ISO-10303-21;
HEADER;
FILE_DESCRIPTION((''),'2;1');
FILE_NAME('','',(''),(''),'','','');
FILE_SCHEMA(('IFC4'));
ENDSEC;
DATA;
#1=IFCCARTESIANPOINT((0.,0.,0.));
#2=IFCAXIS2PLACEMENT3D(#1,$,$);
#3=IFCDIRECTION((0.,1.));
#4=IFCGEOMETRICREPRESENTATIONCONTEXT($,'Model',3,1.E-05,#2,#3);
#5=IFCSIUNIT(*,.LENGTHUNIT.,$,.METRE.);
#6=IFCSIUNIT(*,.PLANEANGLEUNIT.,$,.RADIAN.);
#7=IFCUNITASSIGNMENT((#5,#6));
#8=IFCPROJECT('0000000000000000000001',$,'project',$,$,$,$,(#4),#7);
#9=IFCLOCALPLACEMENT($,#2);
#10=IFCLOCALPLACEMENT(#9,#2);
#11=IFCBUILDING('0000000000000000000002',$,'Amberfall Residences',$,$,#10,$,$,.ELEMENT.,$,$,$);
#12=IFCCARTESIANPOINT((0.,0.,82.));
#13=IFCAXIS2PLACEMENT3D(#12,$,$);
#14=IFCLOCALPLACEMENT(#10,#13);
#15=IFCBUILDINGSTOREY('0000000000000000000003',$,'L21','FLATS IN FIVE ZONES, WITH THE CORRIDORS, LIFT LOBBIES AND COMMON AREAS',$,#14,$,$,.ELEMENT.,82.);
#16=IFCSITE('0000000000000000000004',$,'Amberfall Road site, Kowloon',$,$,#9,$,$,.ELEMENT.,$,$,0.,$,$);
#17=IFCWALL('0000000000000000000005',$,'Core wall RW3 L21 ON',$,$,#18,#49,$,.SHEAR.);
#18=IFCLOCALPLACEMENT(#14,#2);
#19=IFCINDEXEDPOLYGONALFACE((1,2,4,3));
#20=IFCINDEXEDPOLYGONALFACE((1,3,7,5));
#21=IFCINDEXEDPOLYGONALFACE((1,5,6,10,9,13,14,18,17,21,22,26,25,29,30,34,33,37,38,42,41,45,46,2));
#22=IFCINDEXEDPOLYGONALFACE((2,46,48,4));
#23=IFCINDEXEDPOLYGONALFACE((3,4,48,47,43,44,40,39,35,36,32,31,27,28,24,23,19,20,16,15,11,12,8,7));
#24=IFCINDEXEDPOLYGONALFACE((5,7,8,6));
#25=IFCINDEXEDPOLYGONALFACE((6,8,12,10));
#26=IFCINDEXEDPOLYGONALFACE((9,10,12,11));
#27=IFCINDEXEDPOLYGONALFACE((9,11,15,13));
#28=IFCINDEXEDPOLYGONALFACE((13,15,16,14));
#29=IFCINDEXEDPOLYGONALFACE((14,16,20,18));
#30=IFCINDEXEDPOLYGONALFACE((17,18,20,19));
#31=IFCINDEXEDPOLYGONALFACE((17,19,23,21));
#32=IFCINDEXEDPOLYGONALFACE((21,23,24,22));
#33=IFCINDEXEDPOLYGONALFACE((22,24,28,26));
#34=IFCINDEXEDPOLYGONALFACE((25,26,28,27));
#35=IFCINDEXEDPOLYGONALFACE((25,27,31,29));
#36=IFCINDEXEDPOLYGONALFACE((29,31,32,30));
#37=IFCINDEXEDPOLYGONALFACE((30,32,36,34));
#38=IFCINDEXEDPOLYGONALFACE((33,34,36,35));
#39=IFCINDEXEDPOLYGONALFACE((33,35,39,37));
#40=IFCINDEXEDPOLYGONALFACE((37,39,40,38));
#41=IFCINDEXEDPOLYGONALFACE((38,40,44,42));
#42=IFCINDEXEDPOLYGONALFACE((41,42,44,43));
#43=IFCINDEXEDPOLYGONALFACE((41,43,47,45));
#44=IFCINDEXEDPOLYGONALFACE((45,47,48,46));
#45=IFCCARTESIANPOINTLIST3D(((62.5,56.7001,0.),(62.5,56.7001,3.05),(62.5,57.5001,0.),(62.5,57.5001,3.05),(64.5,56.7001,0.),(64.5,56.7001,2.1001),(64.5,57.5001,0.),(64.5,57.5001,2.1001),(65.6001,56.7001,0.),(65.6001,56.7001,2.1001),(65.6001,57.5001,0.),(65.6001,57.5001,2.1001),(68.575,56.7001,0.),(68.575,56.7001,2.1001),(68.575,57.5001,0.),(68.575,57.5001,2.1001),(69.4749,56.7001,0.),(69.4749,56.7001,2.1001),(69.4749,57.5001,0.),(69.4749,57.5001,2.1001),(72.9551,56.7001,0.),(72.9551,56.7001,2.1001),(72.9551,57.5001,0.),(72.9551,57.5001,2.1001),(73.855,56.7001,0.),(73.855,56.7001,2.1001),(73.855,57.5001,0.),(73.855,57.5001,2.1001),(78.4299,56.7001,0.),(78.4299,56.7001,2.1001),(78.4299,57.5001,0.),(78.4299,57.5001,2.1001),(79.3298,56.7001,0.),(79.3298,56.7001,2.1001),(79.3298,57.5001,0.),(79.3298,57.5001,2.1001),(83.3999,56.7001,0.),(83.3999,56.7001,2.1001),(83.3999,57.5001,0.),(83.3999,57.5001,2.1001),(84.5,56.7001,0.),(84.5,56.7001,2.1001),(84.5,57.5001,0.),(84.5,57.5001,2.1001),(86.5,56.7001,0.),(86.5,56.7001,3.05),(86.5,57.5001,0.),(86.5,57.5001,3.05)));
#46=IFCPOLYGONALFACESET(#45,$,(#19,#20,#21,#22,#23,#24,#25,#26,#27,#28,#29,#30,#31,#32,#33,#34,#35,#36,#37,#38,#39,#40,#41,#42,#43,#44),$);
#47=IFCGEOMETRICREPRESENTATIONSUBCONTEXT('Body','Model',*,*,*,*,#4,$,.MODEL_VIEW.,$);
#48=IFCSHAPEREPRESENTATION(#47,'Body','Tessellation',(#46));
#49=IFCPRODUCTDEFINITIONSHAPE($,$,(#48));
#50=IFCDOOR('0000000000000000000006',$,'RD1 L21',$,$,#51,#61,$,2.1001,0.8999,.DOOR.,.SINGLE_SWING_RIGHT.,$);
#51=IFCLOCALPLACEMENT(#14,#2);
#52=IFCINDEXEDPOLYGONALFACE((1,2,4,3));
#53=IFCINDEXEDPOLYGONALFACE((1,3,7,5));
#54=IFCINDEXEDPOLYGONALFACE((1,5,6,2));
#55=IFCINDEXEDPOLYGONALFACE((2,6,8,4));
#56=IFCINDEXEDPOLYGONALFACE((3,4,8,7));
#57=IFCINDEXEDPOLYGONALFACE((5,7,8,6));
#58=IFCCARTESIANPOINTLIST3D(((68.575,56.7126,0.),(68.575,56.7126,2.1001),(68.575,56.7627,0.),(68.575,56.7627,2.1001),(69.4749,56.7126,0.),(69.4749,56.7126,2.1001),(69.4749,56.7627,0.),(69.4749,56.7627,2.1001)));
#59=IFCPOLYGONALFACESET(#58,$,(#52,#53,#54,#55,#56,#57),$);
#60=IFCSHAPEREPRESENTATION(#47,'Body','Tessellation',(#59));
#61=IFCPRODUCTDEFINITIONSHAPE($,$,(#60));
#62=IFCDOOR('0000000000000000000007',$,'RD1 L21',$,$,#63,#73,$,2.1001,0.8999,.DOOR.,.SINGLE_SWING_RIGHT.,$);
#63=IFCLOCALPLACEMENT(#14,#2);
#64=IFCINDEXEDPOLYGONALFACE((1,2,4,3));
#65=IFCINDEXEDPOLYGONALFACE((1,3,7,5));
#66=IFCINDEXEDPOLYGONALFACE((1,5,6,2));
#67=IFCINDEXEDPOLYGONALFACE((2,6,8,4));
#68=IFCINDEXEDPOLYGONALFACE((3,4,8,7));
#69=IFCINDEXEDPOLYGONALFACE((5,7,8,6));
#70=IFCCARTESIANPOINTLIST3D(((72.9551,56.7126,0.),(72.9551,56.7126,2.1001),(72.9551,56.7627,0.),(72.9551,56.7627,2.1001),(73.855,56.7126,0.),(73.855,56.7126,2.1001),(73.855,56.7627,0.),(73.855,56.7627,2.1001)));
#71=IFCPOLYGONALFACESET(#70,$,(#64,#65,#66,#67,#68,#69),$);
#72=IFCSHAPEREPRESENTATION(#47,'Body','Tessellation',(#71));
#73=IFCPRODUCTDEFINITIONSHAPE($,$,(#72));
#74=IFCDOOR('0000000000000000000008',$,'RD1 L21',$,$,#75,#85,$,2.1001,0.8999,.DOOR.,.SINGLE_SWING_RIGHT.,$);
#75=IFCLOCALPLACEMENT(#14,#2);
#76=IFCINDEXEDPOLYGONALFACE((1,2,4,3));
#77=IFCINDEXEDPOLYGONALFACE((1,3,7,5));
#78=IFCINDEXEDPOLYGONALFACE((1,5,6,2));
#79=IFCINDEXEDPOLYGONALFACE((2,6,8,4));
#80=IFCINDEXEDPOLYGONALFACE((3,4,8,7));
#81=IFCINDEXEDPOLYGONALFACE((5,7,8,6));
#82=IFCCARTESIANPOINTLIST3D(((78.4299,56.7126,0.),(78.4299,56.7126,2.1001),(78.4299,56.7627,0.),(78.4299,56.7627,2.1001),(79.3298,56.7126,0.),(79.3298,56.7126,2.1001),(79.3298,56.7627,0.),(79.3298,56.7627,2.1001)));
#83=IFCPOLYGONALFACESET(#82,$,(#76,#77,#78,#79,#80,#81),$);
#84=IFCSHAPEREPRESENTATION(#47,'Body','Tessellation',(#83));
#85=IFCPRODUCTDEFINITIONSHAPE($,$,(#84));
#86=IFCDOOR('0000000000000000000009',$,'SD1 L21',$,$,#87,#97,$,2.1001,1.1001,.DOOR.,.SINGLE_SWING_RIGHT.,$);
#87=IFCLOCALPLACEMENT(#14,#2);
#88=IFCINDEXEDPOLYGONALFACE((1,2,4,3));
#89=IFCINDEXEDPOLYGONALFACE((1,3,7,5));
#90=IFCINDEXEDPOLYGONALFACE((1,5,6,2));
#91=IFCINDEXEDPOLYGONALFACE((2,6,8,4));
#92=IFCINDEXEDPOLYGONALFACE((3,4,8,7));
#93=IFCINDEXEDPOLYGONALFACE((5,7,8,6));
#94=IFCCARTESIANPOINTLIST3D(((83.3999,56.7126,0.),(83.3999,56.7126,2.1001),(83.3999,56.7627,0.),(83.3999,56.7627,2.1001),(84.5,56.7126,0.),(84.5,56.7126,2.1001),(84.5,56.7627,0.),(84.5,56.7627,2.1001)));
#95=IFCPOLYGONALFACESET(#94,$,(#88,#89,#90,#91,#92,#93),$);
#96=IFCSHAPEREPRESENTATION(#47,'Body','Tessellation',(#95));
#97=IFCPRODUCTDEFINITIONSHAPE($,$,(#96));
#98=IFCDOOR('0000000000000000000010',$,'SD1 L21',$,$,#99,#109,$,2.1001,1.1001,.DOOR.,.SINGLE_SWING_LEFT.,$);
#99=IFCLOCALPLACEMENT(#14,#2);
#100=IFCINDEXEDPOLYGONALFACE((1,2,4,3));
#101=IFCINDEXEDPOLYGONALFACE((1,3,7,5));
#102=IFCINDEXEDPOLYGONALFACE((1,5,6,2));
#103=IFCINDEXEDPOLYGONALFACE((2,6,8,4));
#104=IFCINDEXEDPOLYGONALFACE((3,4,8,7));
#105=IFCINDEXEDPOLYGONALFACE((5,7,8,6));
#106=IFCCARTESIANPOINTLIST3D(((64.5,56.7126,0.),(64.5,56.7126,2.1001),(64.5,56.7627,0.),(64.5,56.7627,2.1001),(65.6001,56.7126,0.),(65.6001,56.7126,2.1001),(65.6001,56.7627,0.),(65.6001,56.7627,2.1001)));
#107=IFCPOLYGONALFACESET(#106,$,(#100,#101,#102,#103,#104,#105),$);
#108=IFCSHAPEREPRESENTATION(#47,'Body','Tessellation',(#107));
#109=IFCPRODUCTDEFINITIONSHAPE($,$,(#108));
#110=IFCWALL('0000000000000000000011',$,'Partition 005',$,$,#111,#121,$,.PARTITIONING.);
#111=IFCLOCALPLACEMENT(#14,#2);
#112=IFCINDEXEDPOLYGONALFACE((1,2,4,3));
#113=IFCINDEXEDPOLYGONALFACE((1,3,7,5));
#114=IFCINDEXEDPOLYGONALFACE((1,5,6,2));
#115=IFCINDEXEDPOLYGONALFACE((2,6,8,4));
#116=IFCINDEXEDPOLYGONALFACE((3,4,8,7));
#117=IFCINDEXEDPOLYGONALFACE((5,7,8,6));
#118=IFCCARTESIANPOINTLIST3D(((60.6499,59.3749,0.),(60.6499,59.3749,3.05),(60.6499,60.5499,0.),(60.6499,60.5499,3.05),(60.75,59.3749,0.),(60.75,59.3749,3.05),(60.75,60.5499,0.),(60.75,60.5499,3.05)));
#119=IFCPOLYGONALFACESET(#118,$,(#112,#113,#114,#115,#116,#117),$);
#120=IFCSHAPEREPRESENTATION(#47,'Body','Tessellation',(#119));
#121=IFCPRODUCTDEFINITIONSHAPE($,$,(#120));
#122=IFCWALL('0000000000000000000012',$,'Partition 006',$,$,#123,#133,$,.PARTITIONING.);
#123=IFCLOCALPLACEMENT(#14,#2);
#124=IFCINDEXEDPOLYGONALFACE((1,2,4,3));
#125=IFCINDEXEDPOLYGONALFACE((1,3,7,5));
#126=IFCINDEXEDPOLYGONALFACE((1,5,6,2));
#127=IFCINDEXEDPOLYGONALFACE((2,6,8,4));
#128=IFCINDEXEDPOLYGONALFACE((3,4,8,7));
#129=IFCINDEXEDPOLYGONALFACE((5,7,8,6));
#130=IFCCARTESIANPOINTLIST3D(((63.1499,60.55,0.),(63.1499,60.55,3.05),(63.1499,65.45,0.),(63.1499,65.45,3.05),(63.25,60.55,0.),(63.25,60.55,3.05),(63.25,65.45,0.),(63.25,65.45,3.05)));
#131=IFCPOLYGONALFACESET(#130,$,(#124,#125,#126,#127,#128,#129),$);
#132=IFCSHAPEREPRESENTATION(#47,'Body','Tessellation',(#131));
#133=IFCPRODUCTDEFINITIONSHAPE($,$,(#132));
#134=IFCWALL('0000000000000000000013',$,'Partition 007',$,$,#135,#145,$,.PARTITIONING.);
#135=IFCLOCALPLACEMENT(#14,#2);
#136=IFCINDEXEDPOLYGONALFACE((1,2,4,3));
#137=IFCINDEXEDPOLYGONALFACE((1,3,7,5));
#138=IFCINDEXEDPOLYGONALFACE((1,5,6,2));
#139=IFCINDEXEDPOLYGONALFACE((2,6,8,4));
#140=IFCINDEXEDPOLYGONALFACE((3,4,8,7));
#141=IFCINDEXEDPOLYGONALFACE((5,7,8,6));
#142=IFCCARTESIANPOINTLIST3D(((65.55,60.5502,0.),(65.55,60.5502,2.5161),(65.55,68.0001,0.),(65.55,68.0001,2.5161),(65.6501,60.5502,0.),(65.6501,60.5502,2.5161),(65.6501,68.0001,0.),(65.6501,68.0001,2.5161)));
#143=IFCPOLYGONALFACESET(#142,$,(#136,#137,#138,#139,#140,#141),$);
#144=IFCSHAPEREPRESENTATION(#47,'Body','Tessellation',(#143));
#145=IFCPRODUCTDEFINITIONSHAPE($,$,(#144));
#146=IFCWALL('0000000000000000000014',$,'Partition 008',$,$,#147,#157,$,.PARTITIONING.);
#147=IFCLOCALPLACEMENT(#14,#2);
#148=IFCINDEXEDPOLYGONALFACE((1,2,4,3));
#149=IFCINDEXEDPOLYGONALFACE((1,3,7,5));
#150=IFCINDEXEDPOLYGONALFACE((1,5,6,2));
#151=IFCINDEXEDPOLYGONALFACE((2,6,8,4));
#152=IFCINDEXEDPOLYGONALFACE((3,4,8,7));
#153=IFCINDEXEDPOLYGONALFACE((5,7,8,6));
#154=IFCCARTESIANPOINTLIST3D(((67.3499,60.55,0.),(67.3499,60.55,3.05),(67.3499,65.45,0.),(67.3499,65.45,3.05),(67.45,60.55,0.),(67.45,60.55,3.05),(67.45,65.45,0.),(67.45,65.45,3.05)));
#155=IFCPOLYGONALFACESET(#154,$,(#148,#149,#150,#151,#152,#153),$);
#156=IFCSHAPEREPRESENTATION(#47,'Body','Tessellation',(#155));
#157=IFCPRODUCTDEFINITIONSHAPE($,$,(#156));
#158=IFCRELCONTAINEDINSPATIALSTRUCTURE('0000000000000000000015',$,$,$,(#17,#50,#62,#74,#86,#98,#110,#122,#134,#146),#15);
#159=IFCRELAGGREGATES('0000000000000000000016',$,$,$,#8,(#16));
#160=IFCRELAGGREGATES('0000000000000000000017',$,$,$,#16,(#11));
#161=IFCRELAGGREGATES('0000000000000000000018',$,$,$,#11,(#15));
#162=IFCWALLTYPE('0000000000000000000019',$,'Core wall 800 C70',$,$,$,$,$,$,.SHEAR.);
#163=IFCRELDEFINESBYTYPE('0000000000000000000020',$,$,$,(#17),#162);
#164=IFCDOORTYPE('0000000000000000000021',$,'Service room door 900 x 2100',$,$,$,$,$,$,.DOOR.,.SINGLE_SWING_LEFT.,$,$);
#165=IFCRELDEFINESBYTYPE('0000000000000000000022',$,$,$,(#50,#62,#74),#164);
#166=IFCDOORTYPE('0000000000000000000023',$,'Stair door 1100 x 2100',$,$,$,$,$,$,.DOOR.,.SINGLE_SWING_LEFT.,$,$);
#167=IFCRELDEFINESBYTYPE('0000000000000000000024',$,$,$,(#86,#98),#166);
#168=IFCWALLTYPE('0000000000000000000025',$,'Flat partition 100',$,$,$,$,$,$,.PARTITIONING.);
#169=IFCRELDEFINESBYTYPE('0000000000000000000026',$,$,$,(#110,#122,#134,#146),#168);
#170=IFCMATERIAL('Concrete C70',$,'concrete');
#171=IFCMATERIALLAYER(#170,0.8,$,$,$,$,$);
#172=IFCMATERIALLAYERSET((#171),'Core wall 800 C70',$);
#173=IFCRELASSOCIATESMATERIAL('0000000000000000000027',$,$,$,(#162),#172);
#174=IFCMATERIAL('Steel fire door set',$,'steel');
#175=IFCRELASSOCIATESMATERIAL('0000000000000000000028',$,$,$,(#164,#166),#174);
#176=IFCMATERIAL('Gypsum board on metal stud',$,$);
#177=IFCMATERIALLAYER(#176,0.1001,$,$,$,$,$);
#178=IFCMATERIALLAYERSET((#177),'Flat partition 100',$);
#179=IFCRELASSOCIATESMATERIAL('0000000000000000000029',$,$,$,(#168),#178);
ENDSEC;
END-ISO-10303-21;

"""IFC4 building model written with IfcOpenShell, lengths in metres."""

from ifc_helpers import new_model, si_unit, direction, frame, frame_2d, origin, place, context, subcontext, project, spatial, rectangle, extrude, material, layer, layer_set, type_object, element, fill, save


model = new_model("IFC4")

# Units and contexts
model_context = context("Model", 3, precision=1e-05, world=origin(), true_north=direction((0.0, 1.0)))
body_context = subcontext(model_context, "Body", "Model", "MODEL_VIEW")
ifc_project = project(units=[si_unit("LENGTHUNIT", "METRE"), si_unit("PLANEANGLEUNIT", "RADIAN")], contexts=[model_context])

# Site, building, storey
site_placement = place(None, origin())
site = spatial("IfcSite", under=ifc_project, at=site_placement, Name="Amberfall Road site, Kowloon", CompositionType="ELEMENT", RefElevation=0.0)
building_placement = place(site_placement, origin())
building = spatial("IfcBuilding", under=site, at=building_placement, Name="Amberfall Residences", CompositionType="ELEMENT")
storey_placement = place(building_placement, frame((0.0, 0.0, 82.0)))
storey = spatial("IfcBuildingStorey", under=building, at=storey_placement, Name="L21", Description="FLATS IN FIVE ZONES, WITH THE CORRIDORS, LIFT LOBBIES AND COMMON AREAS", CompositionType="ELEMENT", Elevation=82.0)

# Wall, openings, doors
ifc_material_1 = material(Name="Concrete C70", Category="concrete")
ifc_layer_1 = layer(ifc_material_1, 0.8)
ifc_layer_set_1 = layer_set([ifc_layer_1], Name="Core wall 800 C70")
wall_type_1 = type_object("IfcWallType", Name="Core wall 800 C70", PredefinedType="SHEAR", material=ifc_layer_set_1)
wall_1_placement = place(storey_placement, frame((62.5, 57.1001, 0.0), z_axis=(0.0, 0.0, 1.0), x_axis=(1.0, 0.0, 0.0)))
wall_1 = element("IfcWall", 1, at=wall_1_placement, inside=storey, type_object=wall_type_1, Name="Core wall RW3 L21 ON", PredefinedType="SHEAR", context=body_context, shape_type="SweptSolid", body=[
    extrude(rectangle(XDim=24.0, YDim=0.8, at=frame_2d((12.0, 0.0))), origin(), (0.0, 0.0, 1.0), 3.05),
])
opening_1_placement = place(wall_1_placement, frame((20.8999, 0.0, 0.0)))
opening_1 = element("IfcOpeningElement", 2, at=opening_1_placement, cuts=wall_1, PredefinedType="OPENING", context=body_context, shape_type="SweptSolid", body=[
    extrude(rectangle(XDim=1.1001, YDim=2.1001, at=frame_2d((0.55, 1.05))), frame((0.0, 0.4099, 0.0), z_axis=(0.0, -1.0, 0.0), x_axis=(1.0, 0.0, 0.0)), (0.0, 0.0, 1.0), 0.8201),
])
opening_2_placement = place(wall_1_placement, frame((2.0, 0.0, 0.0)))
opening_2 = element("IfcOpeningElement", 3, at=opening_2_placement, cuts=wall_1, PredefinedType="OPENING", context=body_context, shape_type="SweptSolid", body=[
    extrude(rectangle(XDim=1.1001, YDim=2.1001, at=frame_2d((0.55, 1.05))), frame((0.0, 0.4099, 0.0), z_axis=(0.0, -1.0, 0.0), x_axis=(1.0, 0.0, 0.0)), (0.0, 0.0, 1.0), 0.8201),
])
opening_3_placement = place(wall_1_placement, frame((6.075, 0.0, 0.0)))
opening_3 = element("IfcOpeningElement", 4, at=opening_3_placement, cuts=wall_1, PredefinedType="OPENING", context=body_context, shape_type="SweptSolid", body=[
    extrude(rectangle(XDim=0.8999, YDim=2.1001, at=frame_2d((0.45, 1.05))), frame((0.0, 0.4099, 0.0), z_axis=(0.0, -1.0, 0.0), x_axis=(1.0, 0.0, 0.0)), (0.0, 0.0, 1.0), 0.8201),
])
opening_4_placement = place(wall_1_placement, frame((10.4551, 0.0, 0.0)))
opening_4 = element("IfcOpeningElement", 5, at=opening_4_placement, cuts=wall_1, PredefinedType="OPENING", context=body_context, shape_type="SweptSolid", body=[
    extrude(rectangle(XDim=0.8999, YDim=2.1001, at=frame_2d((0.45, 1.05))), frame((0.0, 0.4099, 0.0), z_axis=(0.0, -1.0, 0.0), x_axis=(1.0, 0.0, 0.0)), (0.0, 0.0, 1.0), 0.8201),
])
opening_5_placement = place(wall_1_placement, frame((15.9299, 0.0, 0.0)))
opening_5 = element("IfcOpeningElement", 6, at=opening_5_placement, cuts=wall_1, PredefinedType="OPENING", context=body_context, shape_type="SweptSolid", body=[
    extrude(rectangle(XDim=0.8999, YDim=2.1001, at=frame_2d((0.45, 1.05))), frame((0.0, 0.4099, 0.0), z_axis=(0.0, -1.0, 0.0), x_axis=(1.0, 0.0, 0.0)), (0.0, 0.0, 1.0), 0.8201),
])
ifc_material_2 = material(Name="Steel fire door set", Category="steel")
door_type_1 = type_object("IfcDoorType", Name="Service room door 900 x 2100", OperationType="SINGLE_SWING_LEFT", PredefinedType="DOOR", material=ifc_material_2)
door_1_placement = place(opening_3_placement, origin())
door_1 = element("IfcDoor", 7, at=door_1_placement, inside=storey, type_object=door_type_1, Name="RD1 L21", OperationType="SINGLE_SWING_RIGHT", OverallHeight=2.1001, OverallWidth=0.8999, PredefinedType="DOOR", context=body_context, shape_type="SweptSolid", body=[
    extrude(rectangle(XDim=0.8999, YDim=2.1001, at=frame_2d((0.45, 1.05))), frame((0.0, -0.3374, 0.0), z_axis=(0.0, -1.0, 0.0), x_axis=(1.0, 0.0, 0.0)), (0.0, 0.0, 1.0), 0.05),
])
fill(opening_3, door_1)
door_2_placement = place(opening_4_placement, origin())
door_2 = element("IfcDoor", 8, at=door_2_placement, inside=storey, type_object=door_type_1, Name="RD1 L21", OperationType="SINGLE_SWING_RIGHT", OverallHeight=2.1001, OverallWidth=0.8999, PredefinedType="DOOR", context=body_context, shape_type="SweptSolid", body=[
    extrude(rectangle(XDim=0.8999, YDim=2.1001, at=frame_2d((0.45, 1.05))), frame((0.0, -0.3374, 0.0), z_axis=(0.0, -1.0, 0.0), x_axis=(1.0, 0.0, 0.0)), (0.0, 0.0, 1.0), 0.05),
])
fill(opening_4, door_2)
door_3_placement = place(opening_5_placement, origin())
door_3 = element("IfcDoor", 9, at=door_3_placement, inside=storey, type_object=door_type_1, Name="RD1 L21", OperationType="SINGLE_SWING_RIGHT", OverallHeight=2.1001, OverallWidth=0.8999, PredefinedType="DOOR", context=body_context, shape_type="SweptSolid", body=[
    extrude(rectangle(XDim=0.8999, YDim=2.1001, at=frame_2d((0.45, 1.05))), frame((0.0, -0.3374, 0.0), z_axis=(0.0, -1.0, 0.0), x_axis=(1.0, 0.0, 0.0)), (0.0, 0.0, 1.0), 0.05),
])
fill(opening_5, door_3)
door_type_2 = type_object("IfcDoorType", Name="Stair door 1100 x 2100", OperationType="SINGLE_SWING_LEFT", PredefinedType="DOOR", material=ifc_material_2)
door_4_placement = place(opening_1_placement, origin())
door_4 = element("IfcDoor", 10, at=door_4_placement, inside=storey, type_object=door_type_2, Name="SD1 L21", OperationType="SINGLE_SWING_RIGHT", OverallHeight=2.1001, OverallWidth=1.1001, PredefinedType="DOOR", context=body_context, shape_type="SweptSolid", body=[
    extrude(rectangle(XDim=1.1001, YDim=2.1001, at=frame_2d((0.55, 1.05))), frame((0.0, -0.3374, 0.0), z_axis=(0.0, -1.0, 0.0), x_axis=(1.0, 0.0, 0.0)), (0.0, 0.0, 1.0), 0.05),
])
fill(opening_1, door_4)
door_5_placement = place(opening_2_placement, origin())
door_5 = element("IfcDoor", 11, at=door_5_placement, inside=storey, type_object=door_type_2, Name="SD1 L21", OperationType="SINGLE_SWING_LEFT", OverallHeight=2.1001, OverallWidth=1.1001, PredefinedType="DOOR", context=body_context, shape_type="SweptSolid", body=[
    extrude(rectangle(XDim=1.1001, YDim=2.1001, at=frame_2d((0.55, 1.05))), frame((0.0, -0.3374, 0.0), z_axis=(0.0, -1.0, 0.0), x_axis=(1.0, 0.0, 0.0)), (0.0, 0.0, 1.0), 0.05),
])
fill(opening_2, door_5)

# Walls
ifc_material_3 = material(Name="Gypsum board on metal stud")
ifc_layer_2 = layer(ifc_material_3, 0.1001)
ifc_layer_set_2 = layer_set([ifc_layer_2], Name="Flat partition 100")
wall_type_2 = type_object("IfcWallType", Name="Flat partition 100", PredefinedType="PARTITIONING", material=ifc_layer_set_2)
wall_2_placement = place(storey_placement, frame((60.7, 59.375, 0.0), z_axis=(0.0, 0.0, 1.0), x_axis=(0.0, 1.0, 0.0)))
element("IfcWall", 12, at=wall_2_placement, inside=storey, type_object=wall_type_2, Name="Partition 005", PredefinedType="PARTITIONING", context=body_context, shape_type="SweptSolid", body=[
    extrude(rectangle(XDim=1.175, YDim=0.1001, at=frame_2d((0.5874, 0.0))), origin(), (0.0, 0.0, 1.0), 3.05),
])
wall_3_placement = place(storey_placement, frame((63.2, 60.55, 0.0), z_axis=(0.0, 0.0, 1.0), x_axis=(0.0, 1.0, 0.0)))
element("IfcWall", 13, at=wall_3_placement, inside=storey, type_object=wall_type_2, Name="Partition 006", PredefinedType="PARTITIONING", context=body_context, shape_type="SweptSolid", body=[
    extrude(rectangle(XDim=4.8999, YDim=0.1001, at=frame_2d((2.45, 0.0))), origin(), (0.0, 0.0, 1.0), 3.05),
])
wall_4_placement = place(storey_placement, frame((65.6001, 60.55, 0.0), z_axis=(0.0, 0.0, 1.0), x_axis=(0.0, 1.0, 0.0)))
element("IfcWall", 14, at=wall_4_placement, inside=storey, type_object=wall_type_2, Name="Partition 007", PredefinedType="PARTITIONING", context=body_context, shape_type="SweptSolid", body=[
    extrude(rectangle(XDim=7.45, YDim=0.1001, at=frame_2d((3.7251, 0.0))), origin(), (0.0, 0.0, 1.0), 2.5161),
])
wall_5_placement = place(storey_placement, frame((67.3999, 60.55, 0.0), z_axis=(0.0, 0.0, 1.0), x_axis=(0.0, 1.0, 0.0)))
element("IfcWall", 15, at=wall_5_placement, inside=storey, type_object=wall_type_2, Name="Partition 008", PredefinedType="PARTITIONING", context=body_context, shape_type="SweptSolid", body=[
    extrude(rectangle(XDim=4.8999, YDim=0.1001, at=frame_2d((2.45, 0.0))), origin(), (0.0, 0.0, 1.0), 3.05),
])

save(model, "model.ifc")
